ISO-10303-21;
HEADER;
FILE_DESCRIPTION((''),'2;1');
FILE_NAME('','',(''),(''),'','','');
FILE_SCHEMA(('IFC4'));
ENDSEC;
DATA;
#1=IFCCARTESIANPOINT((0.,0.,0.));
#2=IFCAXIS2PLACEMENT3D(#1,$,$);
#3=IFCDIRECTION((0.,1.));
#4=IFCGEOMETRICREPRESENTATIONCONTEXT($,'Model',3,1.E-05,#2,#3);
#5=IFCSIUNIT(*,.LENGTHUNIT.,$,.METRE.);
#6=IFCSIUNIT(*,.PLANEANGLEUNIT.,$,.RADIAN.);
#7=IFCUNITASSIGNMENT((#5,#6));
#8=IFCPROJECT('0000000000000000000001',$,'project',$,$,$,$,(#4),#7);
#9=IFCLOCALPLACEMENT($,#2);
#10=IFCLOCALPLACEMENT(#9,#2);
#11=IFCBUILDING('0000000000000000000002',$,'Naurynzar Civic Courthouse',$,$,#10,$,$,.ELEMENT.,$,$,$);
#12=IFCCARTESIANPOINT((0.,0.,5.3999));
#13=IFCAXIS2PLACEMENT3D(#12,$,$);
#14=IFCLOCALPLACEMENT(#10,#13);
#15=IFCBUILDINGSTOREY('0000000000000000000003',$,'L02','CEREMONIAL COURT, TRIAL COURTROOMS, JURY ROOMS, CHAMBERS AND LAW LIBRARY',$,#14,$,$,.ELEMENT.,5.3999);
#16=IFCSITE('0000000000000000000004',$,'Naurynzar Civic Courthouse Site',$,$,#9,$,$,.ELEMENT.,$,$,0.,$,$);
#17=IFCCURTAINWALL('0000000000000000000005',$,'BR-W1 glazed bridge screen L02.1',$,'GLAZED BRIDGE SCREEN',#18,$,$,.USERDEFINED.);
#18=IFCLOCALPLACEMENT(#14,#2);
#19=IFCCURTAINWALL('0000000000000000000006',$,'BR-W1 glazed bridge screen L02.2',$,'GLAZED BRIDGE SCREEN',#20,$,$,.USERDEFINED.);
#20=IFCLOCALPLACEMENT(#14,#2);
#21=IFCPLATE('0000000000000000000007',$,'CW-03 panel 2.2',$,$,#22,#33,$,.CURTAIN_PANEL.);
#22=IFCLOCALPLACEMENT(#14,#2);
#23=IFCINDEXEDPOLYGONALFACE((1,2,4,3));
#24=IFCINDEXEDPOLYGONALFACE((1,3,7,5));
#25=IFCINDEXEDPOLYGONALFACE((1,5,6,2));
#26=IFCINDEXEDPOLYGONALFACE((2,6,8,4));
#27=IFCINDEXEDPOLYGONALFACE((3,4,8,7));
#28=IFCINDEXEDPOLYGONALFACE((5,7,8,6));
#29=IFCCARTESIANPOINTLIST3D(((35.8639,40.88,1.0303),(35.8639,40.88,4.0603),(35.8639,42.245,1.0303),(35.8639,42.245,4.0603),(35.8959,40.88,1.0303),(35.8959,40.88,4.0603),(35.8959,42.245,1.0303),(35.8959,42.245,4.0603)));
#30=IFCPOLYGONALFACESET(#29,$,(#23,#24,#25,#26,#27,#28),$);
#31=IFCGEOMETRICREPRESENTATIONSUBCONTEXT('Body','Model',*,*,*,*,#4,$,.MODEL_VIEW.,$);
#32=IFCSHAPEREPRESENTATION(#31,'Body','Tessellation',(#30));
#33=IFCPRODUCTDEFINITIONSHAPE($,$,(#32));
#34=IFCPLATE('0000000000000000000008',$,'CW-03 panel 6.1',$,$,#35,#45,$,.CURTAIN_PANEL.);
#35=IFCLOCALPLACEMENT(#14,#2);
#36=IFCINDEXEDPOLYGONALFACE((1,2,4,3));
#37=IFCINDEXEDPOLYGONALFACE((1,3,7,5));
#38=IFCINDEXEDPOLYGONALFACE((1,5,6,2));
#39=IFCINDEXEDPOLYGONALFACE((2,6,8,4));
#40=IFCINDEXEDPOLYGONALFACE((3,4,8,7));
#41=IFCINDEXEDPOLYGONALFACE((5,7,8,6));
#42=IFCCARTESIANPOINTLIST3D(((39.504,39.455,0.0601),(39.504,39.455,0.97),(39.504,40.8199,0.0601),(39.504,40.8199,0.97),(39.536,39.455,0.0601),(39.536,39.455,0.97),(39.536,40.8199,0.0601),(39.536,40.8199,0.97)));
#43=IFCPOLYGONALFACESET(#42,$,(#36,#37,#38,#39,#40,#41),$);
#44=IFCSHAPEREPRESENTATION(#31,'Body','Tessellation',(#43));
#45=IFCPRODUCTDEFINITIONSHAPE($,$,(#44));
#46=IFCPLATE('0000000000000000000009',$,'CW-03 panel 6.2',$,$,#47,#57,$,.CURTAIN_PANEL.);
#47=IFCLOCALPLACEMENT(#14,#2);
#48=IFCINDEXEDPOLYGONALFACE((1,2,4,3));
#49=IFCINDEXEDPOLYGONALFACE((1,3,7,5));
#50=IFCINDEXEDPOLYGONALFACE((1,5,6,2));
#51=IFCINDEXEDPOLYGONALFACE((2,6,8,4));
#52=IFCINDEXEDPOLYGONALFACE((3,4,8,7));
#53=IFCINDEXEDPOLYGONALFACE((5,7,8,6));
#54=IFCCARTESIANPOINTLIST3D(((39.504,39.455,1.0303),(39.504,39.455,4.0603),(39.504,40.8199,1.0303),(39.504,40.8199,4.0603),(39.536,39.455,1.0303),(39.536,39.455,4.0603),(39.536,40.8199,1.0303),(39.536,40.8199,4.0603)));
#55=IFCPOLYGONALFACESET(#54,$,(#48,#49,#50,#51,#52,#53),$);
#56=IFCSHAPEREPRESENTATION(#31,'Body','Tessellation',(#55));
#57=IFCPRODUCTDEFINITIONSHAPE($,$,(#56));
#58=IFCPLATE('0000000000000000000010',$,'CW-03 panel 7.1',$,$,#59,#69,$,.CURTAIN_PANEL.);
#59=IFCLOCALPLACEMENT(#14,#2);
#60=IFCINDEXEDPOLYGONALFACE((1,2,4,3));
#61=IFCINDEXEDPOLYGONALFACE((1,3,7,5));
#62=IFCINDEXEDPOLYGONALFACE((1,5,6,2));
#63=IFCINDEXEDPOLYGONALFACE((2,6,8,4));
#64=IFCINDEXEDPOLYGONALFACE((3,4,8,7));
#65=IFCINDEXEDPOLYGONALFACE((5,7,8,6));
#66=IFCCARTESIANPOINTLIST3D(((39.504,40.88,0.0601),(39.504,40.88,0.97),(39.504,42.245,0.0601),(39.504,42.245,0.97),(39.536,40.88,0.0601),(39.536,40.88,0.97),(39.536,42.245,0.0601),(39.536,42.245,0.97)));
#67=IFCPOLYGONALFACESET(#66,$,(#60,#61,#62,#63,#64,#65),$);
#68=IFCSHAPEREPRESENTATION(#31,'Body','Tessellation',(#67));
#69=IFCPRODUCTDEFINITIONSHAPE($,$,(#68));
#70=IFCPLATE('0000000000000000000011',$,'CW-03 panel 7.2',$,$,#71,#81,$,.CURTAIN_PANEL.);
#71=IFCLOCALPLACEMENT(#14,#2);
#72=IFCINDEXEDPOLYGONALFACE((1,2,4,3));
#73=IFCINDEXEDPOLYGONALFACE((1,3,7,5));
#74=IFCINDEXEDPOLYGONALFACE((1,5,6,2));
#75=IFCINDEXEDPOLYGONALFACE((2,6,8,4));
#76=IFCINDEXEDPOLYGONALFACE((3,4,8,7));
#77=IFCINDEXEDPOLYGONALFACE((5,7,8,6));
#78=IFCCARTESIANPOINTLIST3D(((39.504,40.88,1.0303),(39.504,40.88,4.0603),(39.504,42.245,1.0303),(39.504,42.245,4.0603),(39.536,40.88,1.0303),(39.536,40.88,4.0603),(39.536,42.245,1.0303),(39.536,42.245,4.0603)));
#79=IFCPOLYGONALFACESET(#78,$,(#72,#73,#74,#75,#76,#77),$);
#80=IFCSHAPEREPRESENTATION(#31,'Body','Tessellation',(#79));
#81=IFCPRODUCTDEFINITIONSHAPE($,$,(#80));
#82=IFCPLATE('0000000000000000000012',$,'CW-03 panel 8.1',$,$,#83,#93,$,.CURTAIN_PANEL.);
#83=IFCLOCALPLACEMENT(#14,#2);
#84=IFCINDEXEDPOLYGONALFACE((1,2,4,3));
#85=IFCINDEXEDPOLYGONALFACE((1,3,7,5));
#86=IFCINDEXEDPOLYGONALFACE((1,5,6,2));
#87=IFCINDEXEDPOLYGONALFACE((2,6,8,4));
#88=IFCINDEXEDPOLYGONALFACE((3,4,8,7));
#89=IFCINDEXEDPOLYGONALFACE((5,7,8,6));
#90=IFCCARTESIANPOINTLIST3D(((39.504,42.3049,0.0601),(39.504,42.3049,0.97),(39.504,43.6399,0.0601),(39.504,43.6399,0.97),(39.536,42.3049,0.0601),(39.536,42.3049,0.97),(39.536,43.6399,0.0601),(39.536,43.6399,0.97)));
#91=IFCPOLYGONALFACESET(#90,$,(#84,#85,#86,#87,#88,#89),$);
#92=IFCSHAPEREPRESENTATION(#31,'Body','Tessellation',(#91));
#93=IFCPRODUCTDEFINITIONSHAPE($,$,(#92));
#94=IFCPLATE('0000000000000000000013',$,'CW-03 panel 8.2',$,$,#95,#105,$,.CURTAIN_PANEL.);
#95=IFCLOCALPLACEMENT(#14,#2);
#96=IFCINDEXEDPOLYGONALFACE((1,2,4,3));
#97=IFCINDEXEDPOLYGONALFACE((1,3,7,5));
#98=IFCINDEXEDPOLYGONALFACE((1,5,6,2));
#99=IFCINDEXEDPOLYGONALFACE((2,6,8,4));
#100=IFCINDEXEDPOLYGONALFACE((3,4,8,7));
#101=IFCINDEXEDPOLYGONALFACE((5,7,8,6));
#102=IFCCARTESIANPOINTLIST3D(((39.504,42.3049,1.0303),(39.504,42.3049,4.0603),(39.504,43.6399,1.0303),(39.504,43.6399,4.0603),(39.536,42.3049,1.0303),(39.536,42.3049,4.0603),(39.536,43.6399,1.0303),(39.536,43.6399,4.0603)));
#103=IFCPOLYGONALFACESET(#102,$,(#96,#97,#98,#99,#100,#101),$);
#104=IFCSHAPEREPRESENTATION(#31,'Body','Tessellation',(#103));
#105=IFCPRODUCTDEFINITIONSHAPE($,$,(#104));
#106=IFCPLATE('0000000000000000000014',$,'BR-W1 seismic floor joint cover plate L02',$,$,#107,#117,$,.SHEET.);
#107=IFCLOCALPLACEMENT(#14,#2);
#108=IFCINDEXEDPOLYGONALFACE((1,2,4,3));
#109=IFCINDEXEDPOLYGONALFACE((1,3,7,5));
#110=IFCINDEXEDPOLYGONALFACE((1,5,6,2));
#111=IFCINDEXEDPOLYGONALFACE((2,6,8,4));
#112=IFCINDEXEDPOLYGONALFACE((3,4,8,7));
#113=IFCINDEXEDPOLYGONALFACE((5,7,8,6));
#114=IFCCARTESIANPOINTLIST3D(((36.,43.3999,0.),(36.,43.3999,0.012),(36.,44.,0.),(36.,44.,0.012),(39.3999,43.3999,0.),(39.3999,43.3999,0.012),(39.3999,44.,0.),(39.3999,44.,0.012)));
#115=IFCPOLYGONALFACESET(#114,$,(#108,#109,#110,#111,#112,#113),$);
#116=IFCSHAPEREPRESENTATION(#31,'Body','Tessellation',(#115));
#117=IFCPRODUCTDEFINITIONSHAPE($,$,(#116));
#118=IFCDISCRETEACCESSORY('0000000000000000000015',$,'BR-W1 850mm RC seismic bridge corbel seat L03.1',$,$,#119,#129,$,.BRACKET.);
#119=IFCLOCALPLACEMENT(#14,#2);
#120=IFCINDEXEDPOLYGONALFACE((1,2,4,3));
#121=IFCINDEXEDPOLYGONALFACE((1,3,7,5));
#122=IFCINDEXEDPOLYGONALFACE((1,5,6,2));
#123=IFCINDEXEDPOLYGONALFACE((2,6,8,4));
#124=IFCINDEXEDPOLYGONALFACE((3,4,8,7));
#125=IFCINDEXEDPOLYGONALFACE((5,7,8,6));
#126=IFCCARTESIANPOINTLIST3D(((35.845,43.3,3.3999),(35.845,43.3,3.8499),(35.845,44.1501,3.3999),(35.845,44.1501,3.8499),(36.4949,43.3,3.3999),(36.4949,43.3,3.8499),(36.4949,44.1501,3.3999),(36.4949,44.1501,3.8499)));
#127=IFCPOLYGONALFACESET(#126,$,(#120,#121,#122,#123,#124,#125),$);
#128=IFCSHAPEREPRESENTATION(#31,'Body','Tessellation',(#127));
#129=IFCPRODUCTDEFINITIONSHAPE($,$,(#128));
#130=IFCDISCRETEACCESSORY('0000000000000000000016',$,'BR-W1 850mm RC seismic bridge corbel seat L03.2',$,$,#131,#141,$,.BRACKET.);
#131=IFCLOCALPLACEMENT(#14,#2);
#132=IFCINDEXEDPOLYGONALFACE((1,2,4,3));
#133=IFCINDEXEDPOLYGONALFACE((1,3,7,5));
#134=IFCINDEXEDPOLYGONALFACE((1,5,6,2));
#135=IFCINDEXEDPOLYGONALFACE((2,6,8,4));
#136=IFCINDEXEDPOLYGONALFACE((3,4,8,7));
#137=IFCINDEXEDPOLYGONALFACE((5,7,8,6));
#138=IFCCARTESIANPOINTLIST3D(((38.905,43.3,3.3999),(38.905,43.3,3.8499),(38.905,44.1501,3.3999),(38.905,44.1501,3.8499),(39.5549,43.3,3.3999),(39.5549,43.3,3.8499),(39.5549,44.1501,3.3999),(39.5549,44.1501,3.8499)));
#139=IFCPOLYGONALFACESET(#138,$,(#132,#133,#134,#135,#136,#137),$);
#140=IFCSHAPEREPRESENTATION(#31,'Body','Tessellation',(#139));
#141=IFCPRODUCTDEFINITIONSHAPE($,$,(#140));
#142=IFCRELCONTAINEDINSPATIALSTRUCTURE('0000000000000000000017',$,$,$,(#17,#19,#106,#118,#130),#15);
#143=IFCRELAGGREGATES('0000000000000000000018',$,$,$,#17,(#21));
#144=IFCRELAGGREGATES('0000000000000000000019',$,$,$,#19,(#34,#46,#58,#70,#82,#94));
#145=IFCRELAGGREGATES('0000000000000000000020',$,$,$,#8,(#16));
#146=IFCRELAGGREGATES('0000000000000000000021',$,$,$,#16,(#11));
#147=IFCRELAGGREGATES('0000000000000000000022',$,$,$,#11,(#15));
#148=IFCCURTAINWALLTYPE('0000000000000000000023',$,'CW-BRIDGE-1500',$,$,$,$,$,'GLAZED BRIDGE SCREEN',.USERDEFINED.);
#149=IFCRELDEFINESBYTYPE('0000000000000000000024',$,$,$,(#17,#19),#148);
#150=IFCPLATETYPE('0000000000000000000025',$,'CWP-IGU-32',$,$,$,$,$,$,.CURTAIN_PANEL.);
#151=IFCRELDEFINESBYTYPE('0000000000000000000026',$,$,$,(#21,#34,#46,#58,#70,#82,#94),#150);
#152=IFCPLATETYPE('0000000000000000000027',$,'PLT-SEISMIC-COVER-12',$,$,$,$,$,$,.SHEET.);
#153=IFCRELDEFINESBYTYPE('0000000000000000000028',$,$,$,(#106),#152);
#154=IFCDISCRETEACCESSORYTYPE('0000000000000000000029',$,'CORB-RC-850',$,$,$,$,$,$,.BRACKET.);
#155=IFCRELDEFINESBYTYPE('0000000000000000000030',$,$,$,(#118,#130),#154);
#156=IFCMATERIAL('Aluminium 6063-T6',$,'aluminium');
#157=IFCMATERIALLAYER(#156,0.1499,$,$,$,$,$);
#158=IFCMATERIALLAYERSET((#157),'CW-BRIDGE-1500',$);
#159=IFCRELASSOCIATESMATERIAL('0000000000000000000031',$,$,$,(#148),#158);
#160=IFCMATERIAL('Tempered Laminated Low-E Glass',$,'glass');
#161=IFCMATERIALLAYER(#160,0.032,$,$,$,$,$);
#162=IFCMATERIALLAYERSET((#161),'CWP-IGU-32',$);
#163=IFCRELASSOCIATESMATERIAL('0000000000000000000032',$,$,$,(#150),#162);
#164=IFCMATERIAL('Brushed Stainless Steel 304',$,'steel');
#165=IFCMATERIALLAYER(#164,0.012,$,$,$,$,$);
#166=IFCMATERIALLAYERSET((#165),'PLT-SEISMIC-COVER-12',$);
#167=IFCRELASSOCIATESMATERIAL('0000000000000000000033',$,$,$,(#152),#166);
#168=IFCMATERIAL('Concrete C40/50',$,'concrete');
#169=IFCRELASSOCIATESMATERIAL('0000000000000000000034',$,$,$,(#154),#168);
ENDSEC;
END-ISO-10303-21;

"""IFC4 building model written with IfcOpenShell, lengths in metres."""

from ifc_helpers import new_model, si_unit, direction, frame, origin, origin_2d, place, context, subcontext, project, spatial, rectangle, extrude, material, layer, layer_set, type_object, element, aggregate, save


model = new_model("IFC4")

# Units and contexts
model_context = context("Model", 3, precision=1e-05, world=origin(), true_north=direction((0.0, 1.0)))
body_context = subcontext(model_context, "Body", "Model", "MODEL_VIEW")
ifc_project = project(units=[si_unit("LENGTHUNIT", "METRE"), si_unit("PLANEANGLEUNIT", "RADIAN")], contexts=[model_context])

# Site, building, storey
site_placement = place(None, origin())
site = spatial("IfcSite", under=ifc_project, at=site_placement, Name="Naurynzar Civic Courthouse Site", CompositionType="ELEMENT", RefElevation=0.0)
building_placement = place(site_placement, origin())
building = spatial("IfcBuilding", under=site, at=building_placement, Name="Naurynzar Civic Courthouse", CompositionType="ELEMENT")
storey_placement = place(building_placement, frame((0.0, 0.0, 5.3999)))
storey = spatial("IfcBuildingStorey", under=building, at=storey_placement, Name="L02", Description="CEREMONIAL COURT, TRIAL COURTROOMS, JURY ROOMS, CHAMBERS AND LAW LIBRARY", CompositionType="ELEMENT", Elevation=5.3999)

# Curtain walls
ifc_material_1 = material(Name="Aluminium 6063-T6", Category="aluminium")
ifc_layer_1 = layer(ifc_material_1, 0.1499)
ifc_layer_set_1 = layer_set([ifc_layer_1], Name="CW-BRIDGE-1500")
curtain_wall_type = type_object("IfcCurtainWallType", Name="CW-BRIDGE-1500", ElementType="GLAZED BRIDGE SCREEN", PredefinedType="USERDEFINED", material=ifc_layer_set_1)
curtain_wall_1_placement = place(storey_placement, origin())
curtain_wall_1 = element("IfcCurtainWall", 1, at=curtain_wall_1_placement, inside=storey, type_object=curtain_wall_type, Name="BR-W1 glazed bridge screen L02.1", ObjectType="GLAZED BRIDGE SCREEN", PredefinedType="USERDEFINED")
curtain_wall_2_placement = place(storey_placement, origin())
curtain_wall_2 = element("IfcCurtainWall", 2, at=curtain_wall_2_placement, inside=storey, type_object=curtain_wall_type, Name="BR-W1 glazed bridge screen L02.2", ObjectType="GLAZED BRIDGE SCREEN", PredefinedType="USERDEFINED")

# Plates
ifc_material_2 = material(Name="Tempered Laminated Low-E Glass", Category="glass")
ifc_layer_2 = layer(ifc_material_2, 0.032)
ifc_layer_set_2 = layer_set([ifc_layer_2], Name="CWP-IGU-32")
plate_type_1 = type_object("IfcPlateType", Name="CWP-IGU-32", PredefinedType="CURTAIN_PANEL", material=ifc_layer_set_2)
plate_1_placement = place(storey_placement, frame((35.8799, 41.5625, 1.0303), z_axis=(0.0, 0.0, 1.0), x_axis=(0.0, -1.0, 0.0)))
plate_1 = element("IfcPlate", 3, at=plate_1_placement, type_object=plate_type_1, Name="CW-03 panel 2.2", PredefinedType="CURTAIN_PANEL", context=body_context, shape_type="SweptSolid", body=[
    extrude(rectangle(XDim=1.365, YDim=0.032, at=origin_2d()), origin(), (0.0, 0.0, 1.0), 3.03),
])
aggregate(curtain_wall_1, [plate_1])
plate_2_placement = place(storey_placement, frame((39.52, 40.1375, 0.0601), z_axis=(0.0, 0.0, 1.0), x_axis=(0.0, 1.0, 0.0)))
plate_2 = element("IfcPlate", 4, at=plate_2_placement, type_object=plate_type_1, Name="CW-03 panel 6.1", PredefinedType="CURTAIN_PANEL", context=body_context, shape_type="SweptSolid", body=[
    extrude(rectangle(XDim=1.365, YDim=0.032, at=origin_2d()), origin(), (0.0, 0.0, 1.0), 0.9099),
])
plate_3_placement = place(storey_placement, frame((39.52, 40.1375, 1.0303), z_axis=(0.0, 0.0, 1.0), x_axis=(0.0, 1.0, 0.0)))
plate_3 = element("IfcPlate", 5, at=plate_3_placement, type_object=plate_type_1, Name="CW-03 panel 6.2", PredefinedType="CURTAIN_PANEL", context=body_context, shape_type="SweptSolid", body=[
    extrude(rectangle(XDim=1.365, YDim=0.032, at=origin_2d()), origin(), (0.0, 0.0, 1.0), 3.03),
])
plate_4_placement = place(storey_placement, frame((39.52, 41.5625, 0.0601), z_axis=(0.0, 0.0, 1.0), x_axis=(0.0, 1.0, 0.0)))
plate_4 = element("IfcPlate", 6, at=plate_4_placement, type_object=plate_type_1, Name="CW-03 panel 7.1", PredefinedType="CURTAIN_PANEL", context=body_context, shape_type="SweptSolid", body=[
    extrude(rectangle(XDim=1.365, YDim=0.032, at=origin_2d()), origin(), (0.0, 0.0, 1.0), 0.9099),
])
plate_5_placement = place(storey_placement, frame((39.52, 41.5625, 1.0303), z_axis=(0.0, 0.0, 1.0), x_axis=(0.0, 1.0, 0.0)))
plate_5 = element("IfcPlate", 7, at=plate_5_placement, type_object=plate_type_1, Name="CW-03 panel 7.2", PredefinedType="CURTAIN_PANEL", context=body_context, shape_type="SweptSolid", body=[
    extrude(rectangle(XDim=1.365, YDim=0.032, at=origin_2d()), origin(), (0.0, 0.0, 1.0), 3.03),
])
plate_6_placement = place(storey_placement, frame((39.52, 42.9724, 0.0601), z_axis=(0.0, 0.0, 1.0), x_axis=(0.0, 1.0, 0.0)))
plate_6 = element("IfcPlate", 8, at=plate_6_placement, type_object=plate_type_1, Name="CW-03 panel 8.1", PredefinedType="CURTAIN_PANEL", context=body_context, shape_type="SweptSolid", body=[
    extrude(rectangle(XDim=1.335, YDim=0.032, at=origin_2d()), origin(), (0.0, 0.0, 1.0), 0.9099),
])
plate_7_placement = place(storey_placement, frame((39.52, 42.9724, 1.0303), z_axis=(0.0, 0.0, 1.0), x_axis=(0.0, 1.0, 0.0)))
plate_7 = element("IfcPlate", 9, at=plate_7_placement, type_object=plate_type_1, Name="CW-03 panel 8.2", PredefinedType="CURTAIN_PANEL", context=body_context, shape_type="SweptSolid", body=[
    extrude(rectangle(XDim=1.335, YDim=0.032, at=origin_2d()), origin(), (0.0, 0.0, 1.0), 3.03),
])
aggregate(curtain_wall_2, [plate_2, plate_3, plate_4, plate_5, plate_6, plate_7])
ifc_material_3 = material(Name="Brushed Stainless Steel 304", Category="steel")
ifc_layer_3 = layer(ifc_material_3, 0.012)
ifc_layer_set_3 = layer_set([ifc_layer_3], Name="PLT-SEISMIC-COVER-12")
plate_type_2 = type_object("IfcPlateType", Name="PLT-SEISMIC-COVER-12", PredefinedType="SHEET", material=ifc_layer_set_3)
plate_8_placement = place(storey_placement, frame((37.7, 43.7, 0.0), z_axis=(0.0, 0.0, 1.0), x_axis=(1.0, 0.0, 0.0)))
element("IfcPlate", 10, at=plate_8_placement, inside=storey, type_object=plate_type_2, Name="BR-W1 seismic floor joint cover plate L02", PredefinedType="SHEET", context=body_context, shape_type="SweptSolid", body=[
    extrude(rectangle(XDim=3.3999, YDim=0.6001, at=origin_2d()), origin(), (0.0, 0.0, 1.0), 0.012),
])

# Discrete accessories
ifc_material_4 = material(Name="Concrete C40/50", Category="concrete")
discrete_accessory_type = type_object("IfcDiscreteAccessoryType", Name="CORB-RC-850", PredefinedType="BRACKET", material=ifc_material_4)
for number, where, z_axis, x_axis, name in (
    (11, (36.1699, 43.7251, 3.3999), (0.0, 0.0, 1.0), (1.0, 0.0, 0.0), "BR-W1 850mm RC seismic bridge corbel seat L03.1"),
    (12, (39.23, 43.7251, 3.3999), (0.0, 0.0, 1.0), (1.0, 0.0, 0.0), "BR-W1 850mm RC seismic bridge corbel seat L03.2"),
):
    element("IfcDiscreteAccessory", number, at=place(storey_placement, frame(where, z_axis=z_axis, x_axis=x_axis)), inside=storey, type_object=discrete_accessory_type, Name=name, PredefinedType="BRACKET", context=body_context, shape_type="SweptSolid", body=[
        extrude(rectangle(XDim=0.6499, YDim=0.8501, at=origin_2d()), origin(), (0.0, 0.0, 1.0), 0.45),
    ])

save(model, "model.ifc")
